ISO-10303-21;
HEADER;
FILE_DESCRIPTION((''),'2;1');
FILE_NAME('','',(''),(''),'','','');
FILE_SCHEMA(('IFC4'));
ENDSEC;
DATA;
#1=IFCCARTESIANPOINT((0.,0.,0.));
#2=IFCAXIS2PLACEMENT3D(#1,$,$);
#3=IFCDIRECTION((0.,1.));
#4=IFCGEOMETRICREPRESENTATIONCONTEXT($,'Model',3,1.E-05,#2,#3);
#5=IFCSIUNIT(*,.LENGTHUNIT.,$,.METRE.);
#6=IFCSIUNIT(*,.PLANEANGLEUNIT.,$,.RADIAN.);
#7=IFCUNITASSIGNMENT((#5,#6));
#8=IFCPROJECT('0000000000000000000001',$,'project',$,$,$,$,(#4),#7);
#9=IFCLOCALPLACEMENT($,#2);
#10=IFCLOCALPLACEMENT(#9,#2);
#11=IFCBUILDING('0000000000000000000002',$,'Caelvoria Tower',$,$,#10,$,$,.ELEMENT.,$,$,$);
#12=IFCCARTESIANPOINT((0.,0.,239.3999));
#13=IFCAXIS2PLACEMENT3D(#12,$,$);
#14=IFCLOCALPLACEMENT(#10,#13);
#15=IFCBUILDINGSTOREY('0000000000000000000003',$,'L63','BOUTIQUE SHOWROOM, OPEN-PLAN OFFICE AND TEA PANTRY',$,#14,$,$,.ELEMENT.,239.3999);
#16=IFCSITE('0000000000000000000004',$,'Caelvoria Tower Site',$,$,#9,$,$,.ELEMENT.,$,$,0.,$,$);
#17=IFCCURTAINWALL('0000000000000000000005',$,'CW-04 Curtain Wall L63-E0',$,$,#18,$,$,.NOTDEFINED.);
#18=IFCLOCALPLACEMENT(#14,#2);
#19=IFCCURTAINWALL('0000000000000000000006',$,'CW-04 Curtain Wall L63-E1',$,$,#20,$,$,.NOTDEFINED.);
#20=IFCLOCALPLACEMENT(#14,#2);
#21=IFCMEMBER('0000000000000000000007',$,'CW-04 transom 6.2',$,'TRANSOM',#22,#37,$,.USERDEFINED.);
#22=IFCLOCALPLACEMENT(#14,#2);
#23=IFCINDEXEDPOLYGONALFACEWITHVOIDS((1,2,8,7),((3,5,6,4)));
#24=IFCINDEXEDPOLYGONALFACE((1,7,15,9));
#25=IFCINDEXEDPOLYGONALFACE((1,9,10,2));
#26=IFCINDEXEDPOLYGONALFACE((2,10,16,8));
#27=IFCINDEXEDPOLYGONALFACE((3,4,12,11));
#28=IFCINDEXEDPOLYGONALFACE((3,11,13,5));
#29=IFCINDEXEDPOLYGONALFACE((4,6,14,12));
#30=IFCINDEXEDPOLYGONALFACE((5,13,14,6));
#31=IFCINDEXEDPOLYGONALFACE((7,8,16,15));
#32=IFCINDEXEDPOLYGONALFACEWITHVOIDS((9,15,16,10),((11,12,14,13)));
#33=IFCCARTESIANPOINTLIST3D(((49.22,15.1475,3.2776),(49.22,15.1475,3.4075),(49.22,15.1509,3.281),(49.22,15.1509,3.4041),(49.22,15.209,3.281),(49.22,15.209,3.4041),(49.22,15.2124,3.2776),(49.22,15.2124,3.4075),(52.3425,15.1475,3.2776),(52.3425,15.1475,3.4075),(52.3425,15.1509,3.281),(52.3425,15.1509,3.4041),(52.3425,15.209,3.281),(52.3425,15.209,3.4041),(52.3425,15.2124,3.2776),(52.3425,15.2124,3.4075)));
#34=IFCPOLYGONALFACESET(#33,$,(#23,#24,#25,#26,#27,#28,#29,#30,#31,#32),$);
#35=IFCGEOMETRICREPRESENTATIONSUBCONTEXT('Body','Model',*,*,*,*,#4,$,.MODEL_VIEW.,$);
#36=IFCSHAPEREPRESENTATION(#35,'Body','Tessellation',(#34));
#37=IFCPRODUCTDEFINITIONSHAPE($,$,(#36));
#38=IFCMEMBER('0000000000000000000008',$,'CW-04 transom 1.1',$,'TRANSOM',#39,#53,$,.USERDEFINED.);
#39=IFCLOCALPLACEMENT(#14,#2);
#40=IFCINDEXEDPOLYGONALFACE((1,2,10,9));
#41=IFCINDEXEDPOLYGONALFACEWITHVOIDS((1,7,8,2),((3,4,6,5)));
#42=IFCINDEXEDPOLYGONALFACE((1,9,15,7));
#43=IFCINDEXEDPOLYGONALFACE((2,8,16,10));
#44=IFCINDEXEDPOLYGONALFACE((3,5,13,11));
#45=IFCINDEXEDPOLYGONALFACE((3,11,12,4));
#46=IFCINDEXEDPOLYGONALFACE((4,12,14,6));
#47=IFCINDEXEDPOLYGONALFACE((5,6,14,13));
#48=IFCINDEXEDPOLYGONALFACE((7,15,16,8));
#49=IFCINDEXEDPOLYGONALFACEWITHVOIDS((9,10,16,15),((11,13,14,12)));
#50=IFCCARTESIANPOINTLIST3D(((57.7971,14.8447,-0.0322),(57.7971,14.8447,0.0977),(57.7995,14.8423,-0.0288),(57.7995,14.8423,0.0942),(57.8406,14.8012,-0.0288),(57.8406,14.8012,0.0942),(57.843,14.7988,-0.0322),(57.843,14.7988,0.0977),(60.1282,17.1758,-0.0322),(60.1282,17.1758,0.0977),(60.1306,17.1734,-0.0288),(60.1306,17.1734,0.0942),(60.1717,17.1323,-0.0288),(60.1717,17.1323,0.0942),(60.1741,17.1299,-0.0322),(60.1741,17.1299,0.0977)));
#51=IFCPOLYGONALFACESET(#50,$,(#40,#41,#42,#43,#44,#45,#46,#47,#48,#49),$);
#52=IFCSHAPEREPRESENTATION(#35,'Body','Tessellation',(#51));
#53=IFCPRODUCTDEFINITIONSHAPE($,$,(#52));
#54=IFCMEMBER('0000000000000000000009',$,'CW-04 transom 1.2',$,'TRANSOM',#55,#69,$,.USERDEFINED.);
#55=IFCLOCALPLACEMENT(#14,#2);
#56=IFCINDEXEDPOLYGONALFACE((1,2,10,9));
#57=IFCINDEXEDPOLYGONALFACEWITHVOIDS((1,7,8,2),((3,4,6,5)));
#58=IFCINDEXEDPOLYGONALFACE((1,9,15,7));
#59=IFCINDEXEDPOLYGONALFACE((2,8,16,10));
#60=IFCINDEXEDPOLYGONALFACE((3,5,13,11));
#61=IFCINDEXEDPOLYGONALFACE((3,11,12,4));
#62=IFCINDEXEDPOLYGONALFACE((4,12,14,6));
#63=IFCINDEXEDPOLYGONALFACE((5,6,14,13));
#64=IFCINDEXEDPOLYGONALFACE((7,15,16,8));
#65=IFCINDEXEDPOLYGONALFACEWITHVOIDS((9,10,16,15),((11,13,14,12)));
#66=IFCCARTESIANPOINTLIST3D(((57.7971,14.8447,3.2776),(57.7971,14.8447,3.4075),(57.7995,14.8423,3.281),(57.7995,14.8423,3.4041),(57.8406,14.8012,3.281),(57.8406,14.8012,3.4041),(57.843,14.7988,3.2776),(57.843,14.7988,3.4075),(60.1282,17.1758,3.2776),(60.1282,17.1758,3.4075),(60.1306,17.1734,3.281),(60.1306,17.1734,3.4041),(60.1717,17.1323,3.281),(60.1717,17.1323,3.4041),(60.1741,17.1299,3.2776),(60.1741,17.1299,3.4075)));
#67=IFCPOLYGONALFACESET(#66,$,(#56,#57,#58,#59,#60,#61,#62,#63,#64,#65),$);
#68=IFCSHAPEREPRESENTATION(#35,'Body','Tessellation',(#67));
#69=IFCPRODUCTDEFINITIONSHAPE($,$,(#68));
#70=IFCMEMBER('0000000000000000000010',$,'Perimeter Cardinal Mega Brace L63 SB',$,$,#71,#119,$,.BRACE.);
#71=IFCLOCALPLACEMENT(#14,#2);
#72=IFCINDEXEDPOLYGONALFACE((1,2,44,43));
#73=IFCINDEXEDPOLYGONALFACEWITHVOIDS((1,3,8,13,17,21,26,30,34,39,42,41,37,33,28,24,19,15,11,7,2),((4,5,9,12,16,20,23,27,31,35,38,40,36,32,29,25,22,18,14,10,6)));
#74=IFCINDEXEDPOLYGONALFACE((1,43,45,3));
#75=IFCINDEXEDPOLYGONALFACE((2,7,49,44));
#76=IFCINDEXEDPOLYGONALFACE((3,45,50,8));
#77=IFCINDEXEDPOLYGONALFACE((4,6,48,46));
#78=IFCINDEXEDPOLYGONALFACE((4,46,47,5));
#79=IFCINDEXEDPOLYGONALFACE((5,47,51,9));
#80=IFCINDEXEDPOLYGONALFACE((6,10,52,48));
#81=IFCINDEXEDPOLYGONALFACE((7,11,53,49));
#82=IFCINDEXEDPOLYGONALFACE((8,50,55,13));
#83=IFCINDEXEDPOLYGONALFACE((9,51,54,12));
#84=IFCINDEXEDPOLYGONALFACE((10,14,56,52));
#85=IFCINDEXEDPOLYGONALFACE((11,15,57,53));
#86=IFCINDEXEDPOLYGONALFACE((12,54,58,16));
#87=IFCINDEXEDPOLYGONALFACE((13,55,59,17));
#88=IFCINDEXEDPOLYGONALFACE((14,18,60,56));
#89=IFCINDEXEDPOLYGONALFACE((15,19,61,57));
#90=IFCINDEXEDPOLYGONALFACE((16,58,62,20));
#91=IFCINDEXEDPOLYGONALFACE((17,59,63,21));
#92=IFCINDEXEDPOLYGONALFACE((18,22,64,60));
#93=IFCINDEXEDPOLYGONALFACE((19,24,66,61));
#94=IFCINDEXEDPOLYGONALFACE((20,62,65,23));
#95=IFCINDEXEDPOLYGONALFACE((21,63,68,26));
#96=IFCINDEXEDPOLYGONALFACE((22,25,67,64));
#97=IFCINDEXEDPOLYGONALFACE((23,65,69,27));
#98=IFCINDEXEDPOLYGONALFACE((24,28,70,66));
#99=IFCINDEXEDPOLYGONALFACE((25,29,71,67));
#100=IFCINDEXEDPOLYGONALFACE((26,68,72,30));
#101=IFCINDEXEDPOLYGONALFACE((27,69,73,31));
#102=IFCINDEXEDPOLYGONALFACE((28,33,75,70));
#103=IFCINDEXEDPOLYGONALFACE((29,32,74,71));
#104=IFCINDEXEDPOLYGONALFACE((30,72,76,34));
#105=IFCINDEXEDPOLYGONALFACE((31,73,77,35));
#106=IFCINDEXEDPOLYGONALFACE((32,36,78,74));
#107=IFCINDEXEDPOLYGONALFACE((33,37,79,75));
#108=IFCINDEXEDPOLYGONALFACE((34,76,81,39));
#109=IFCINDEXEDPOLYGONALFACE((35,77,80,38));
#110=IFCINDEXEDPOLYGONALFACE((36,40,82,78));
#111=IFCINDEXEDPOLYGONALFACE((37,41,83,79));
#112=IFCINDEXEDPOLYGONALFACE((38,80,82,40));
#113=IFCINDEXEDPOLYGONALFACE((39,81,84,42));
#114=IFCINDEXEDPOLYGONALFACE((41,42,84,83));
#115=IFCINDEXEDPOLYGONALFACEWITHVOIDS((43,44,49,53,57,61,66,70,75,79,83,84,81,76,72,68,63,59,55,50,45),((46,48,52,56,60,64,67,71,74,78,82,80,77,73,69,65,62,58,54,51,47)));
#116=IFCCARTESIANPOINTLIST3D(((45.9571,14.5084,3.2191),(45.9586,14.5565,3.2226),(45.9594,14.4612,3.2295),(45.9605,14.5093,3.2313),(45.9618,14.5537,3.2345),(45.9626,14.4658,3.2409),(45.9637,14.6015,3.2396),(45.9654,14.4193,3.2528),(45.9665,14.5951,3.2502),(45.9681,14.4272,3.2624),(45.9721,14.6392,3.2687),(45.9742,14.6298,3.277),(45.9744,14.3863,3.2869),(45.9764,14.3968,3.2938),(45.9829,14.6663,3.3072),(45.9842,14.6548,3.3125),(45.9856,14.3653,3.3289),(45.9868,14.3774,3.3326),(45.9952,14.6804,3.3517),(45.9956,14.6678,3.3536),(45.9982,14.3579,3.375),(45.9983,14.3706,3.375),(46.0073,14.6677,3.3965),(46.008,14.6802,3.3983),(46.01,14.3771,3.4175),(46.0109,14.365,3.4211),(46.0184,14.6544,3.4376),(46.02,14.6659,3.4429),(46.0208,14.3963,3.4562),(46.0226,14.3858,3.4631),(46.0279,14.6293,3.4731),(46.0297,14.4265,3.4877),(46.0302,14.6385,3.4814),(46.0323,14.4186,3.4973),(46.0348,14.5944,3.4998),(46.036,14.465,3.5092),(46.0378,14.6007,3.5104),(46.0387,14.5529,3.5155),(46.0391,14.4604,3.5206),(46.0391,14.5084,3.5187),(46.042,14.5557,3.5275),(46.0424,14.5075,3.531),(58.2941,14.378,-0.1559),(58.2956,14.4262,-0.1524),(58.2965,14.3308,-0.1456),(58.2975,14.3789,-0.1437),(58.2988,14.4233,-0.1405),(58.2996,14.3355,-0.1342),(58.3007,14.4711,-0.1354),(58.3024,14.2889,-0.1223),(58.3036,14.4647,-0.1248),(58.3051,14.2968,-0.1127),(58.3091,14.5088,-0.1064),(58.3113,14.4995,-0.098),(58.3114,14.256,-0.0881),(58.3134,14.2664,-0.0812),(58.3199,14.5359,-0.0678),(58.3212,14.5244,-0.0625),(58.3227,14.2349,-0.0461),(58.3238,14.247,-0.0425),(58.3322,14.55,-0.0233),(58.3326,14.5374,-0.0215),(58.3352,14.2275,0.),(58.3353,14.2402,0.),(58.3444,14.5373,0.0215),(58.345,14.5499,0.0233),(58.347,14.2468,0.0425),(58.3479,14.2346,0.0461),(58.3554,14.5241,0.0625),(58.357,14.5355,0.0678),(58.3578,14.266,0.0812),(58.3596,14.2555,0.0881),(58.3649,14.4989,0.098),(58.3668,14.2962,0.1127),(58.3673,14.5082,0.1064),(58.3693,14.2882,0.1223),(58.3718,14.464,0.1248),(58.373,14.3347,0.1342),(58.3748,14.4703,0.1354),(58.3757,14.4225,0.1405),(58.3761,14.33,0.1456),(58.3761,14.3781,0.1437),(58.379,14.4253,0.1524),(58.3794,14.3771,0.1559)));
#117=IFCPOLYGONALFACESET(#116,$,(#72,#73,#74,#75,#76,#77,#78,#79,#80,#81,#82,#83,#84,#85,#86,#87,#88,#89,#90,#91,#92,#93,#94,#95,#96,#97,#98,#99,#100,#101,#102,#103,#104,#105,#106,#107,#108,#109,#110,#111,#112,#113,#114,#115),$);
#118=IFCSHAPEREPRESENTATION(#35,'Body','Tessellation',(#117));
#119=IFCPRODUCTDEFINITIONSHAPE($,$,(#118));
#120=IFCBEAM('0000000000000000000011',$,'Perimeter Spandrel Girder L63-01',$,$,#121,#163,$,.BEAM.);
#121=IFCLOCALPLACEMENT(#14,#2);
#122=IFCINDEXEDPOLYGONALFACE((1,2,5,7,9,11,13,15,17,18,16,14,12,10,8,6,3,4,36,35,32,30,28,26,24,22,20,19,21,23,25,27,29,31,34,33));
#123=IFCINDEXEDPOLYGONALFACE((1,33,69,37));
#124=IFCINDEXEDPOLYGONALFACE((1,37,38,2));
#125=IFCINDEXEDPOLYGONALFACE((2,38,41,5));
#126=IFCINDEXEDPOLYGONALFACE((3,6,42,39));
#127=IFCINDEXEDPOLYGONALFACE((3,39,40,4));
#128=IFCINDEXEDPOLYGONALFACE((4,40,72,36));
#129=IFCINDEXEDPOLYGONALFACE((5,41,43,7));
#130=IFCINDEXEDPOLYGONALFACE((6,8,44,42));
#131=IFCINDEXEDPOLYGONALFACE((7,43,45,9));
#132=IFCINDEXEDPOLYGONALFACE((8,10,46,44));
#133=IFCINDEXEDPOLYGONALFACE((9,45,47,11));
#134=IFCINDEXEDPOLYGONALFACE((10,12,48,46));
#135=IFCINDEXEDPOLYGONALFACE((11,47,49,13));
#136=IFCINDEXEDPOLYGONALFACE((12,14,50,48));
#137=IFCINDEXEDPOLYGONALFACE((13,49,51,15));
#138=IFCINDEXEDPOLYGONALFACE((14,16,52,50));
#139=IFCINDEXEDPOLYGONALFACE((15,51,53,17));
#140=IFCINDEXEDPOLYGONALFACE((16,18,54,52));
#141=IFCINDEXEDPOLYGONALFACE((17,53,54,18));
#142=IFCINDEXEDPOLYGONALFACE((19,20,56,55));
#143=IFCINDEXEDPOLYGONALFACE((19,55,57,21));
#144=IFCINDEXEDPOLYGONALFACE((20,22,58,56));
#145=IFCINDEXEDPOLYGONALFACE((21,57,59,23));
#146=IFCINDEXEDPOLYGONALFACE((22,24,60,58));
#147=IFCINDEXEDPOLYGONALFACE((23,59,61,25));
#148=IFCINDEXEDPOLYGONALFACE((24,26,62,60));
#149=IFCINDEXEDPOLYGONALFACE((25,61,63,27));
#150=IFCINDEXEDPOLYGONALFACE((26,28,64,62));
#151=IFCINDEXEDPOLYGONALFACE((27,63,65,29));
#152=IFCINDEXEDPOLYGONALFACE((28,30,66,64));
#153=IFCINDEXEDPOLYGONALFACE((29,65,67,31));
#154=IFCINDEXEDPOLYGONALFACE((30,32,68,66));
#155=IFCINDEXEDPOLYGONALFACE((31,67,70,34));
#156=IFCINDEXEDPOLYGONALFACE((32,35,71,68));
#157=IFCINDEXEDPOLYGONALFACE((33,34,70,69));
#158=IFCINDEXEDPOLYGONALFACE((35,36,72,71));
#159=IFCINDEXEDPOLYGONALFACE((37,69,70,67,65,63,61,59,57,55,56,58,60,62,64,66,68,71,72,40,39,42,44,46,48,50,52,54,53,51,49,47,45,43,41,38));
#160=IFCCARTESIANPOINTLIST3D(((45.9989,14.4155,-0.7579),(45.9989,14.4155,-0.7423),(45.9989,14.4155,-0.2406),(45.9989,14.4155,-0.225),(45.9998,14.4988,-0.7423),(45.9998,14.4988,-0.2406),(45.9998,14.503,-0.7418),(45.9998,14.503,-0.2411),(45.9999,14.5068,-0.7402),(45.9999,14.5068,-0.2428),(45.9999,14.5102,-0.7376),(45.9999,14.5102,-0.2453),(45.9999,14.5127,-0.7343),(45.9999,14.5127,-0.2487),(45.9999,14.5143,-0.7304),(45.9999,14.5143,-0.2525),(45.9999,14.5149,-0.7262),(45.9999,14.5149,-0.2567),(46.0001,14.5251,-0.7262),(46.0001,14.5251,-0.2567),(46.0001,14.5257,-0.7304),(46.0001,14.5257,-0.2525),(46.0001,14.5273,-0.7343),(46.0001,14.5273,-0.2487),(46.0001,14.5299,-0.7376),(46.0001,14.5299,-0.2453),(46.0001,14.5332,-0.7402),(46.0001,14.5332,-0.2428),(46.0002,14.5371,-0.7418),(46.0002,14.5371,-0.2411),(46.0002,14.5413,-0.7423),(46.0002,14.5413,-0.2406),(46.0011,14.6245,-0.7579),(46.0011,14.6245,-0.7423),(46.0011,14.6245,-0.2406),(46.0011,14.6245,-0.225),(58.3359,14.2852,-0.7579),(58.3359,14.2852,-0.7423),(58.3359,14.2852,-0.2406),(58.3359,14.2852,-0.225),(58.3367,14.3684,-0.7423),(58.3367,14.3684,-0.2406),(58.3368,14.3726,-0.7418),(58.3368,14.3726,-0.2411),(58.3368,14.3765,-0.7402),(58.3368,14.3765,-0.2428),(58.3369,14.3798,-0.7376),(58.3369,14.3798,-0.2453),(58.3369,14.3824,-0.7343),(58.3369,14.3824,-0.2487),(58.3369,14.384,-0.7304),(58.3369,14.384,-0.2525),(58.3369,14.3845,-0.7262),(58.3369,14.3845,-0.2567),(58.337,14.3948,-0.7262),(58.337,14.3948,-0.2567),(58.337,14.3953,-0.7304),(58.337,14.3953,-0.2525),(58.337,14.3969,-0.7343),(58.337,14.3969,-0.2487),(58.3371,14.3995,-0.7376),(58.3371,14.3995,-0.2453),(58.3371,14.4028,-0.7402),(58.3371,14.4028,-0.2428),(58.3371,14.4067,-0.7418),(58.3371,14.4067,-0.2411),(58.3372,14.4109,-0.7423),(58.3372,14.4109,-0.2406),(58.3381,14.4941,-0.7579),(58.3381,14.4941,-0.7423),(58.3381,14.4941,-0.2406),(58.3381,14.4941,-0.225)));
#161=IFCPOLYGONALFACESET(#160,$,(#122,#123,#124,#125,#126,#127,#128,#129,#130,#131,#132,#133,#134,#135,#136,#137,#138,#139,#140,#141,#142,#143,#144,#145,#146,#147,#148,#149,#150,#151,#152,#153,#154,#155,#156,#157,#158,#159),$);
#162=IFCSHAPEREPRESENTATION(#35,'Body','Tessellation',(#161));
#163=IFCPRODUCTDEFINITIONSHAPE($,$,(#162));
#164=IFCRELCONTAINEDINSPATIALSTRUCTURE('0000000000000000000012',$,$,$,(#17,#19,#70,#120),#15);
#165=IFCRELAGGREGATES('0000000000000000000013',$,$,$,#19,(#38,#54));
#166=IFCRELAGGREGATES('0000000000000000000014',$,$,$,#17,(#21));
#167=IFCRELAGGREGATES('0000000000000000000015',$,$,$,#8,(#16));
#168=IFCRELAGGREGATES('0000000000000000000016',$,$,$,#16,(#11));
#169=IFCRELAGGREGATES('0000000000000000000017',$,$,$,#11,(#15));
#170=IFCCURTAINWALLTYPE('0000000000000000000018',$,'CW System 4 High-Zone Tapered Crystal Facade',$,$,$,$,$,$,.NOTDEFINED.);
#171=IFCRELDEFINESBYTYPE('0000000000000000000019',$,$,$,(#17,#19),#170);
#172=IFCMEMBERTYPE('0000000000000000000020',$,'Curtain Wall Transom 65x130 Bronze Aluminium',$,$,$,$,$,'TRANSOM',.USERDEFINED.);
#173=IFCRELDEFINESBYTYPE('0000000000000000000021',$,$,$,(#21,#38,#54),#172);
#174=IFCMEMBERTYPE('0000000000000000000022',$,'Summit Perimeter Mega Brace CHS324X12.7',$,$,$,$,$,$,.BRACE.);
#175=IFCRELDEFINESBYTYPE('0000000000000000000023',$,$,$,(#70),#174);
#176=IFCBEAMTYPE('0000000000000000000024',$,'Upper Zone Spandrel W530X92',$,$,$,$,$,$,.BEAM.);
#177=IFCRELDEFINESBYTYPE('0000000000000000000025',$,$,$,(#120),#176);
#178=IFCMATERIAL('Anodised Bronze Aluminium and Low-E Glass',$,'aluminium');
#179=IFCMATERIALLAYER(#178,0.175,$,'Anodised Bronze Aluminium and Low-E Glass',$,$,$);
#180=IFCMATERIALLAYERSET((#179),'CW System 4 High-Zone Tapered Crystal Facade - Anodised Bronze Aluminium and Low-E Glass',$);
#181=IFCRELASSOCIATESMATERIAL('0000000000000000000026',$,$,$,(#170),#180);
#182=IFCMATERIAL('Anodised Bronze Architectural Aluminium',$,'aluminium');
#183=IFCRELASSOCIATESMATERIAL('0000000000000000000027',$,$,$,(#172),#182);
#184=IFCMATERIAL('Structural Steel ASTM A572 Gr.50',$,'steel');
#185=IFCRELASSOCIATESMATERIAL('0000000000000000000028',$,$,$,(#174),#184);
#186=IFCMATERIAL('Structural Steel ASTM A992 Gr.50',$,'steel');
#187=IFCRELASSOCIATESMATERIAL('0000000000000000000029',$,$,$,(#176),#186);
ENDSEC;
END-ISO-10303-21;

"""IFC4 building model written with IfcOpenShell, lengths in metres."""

from ifc_helpers import new_model, si_unit, direction, frame, origin, origin_2d, place, context, subcontext, project, spatial, hollow_rectangle, hollow_circle, i_section, extrude, material, layer, layer_set, material_profile, profile_set, type_object, element, aggregate, save


model = new_model("IFC4")

# Units and contexts
model_context = context("Model", 3, precision=1e-05, world=origin(), true_north=direction((0.0, 1.0)))
body_context = subcontext(model_context, "Body", "Model", "MODEL_VIEW")
ifc_project = project(units=[si_unit("LENGTHUNIT", "METRE"), si_unit("PLANEANGLEUNIT", "RADIAN")], contexts=[model_context])

# Site, building, storey
site_placement = place(None, origin())
site = spatial("IfcSite", under=ifc_project, at=site_placement, Name="Caelvoria Tower Site", CompositionType="ELEMENT", RefElevation=0.0)
building_placement = place(site_placement, origin())
building = spatial("IfcBuilding", under=site, at=building_placement, Name="Caelvoria Tower", CompositionType="ELEMENT")
storey_placement = place(building_placement, frame((0.0, 0.0, 239.3999)))
storey = spatial("IfcBuildingStorey", under=building, at=storey_placement, Name="L63", Description="BOUTIQUE SHOWROOM, OPEN-PLAN OFFICE AND TEA PANTRY", CompositionType="ELEMENT", Elevation=239.3999)

# Shared definitions
ifc_material_1 = material(Name="Structural Steel ASTM A572 Gr.50", Category="steel")
ifc_material_2 = material(Name="Structural Steel ASTM A992 Gr.50", Category="steel")

# Curtain wall
ifc_material_3 = material(Name="Anodised Bronze Aluminium and Low-E Glass", Category="aluminium")
ifc_layer_1 = layer(ifc_material_3, 0.175, Name="Anodised Bronze Aluminium and Low-E Glass")
ifc_layer_set_1 = layer_set([ifc_layer_1], Name="CW System 4 High-Zone Tapered Crystal Facade - Anodised Bronze Aluminium and Low-E Glass")
curtain_wall_type = type_object("IfcCurtainWallType", Name="CW System 4 High-Zone Tapered Crystal Facade", PredefinedType="NOTDEFINED", material=ifc_layer_set_1)
curtain_wall_1_placement = place(storey_placement, origin())
curtain_wall_1 = element("IfcCurtainWall", 1, at=curtain_wall_1_placement, inside=storey, type_object=curtain_wall_type, Name="CW-04 Curtain Wall L63-E0", PredefinedType="NOTDEFINED")
ifc_material_4 = material(Name="Anodised Bronze Architectural Aluminium", Category="aluminium")

# Curtain wall
curtain_wall_2_placement = place(storey_placement, origin())
curtain_wall_2 = element("IfcCurtainWall", 2, at=curtain_wall_2_placement, inside=storey, type_object=curtain_wall_type, Name="CW-04 Curtain Wall L63-E1", PredefinedType="NOTDEFINED")

# Members
ifc_material_profile_1 = material_profile(ifc_material_4, hollow_rectangle(XDim=0.0649, YDim=0.1299, WallThickness=0.0034, at=origin_2d()), Name="Anodised Bronze Architectural Aluminium")
ifc_profile_set_1 = profile_set([ifc_material_profile_1], Name="CW_TRAN_65X130 - Anodised Bronze Architectural Aluminium")
member_type_1 = type_object("IfcMemberType", Name="Curtain Wall Transom 65x130 Bronze Aluminium", ElementType="TRANSOM", PredefinedType="USERDEFINED", material=ifc_profile_set_1)
member_1_placement = place(storey_placement, frame((49.22, 15.1799, 3.3425), z_axis=(1.0, 0.0, 0.0), x_axis=(0.0, 1.0, 0.0)))
member_1 = element("IfcMember", 3, at=member_1_placement, type_object=member_type_1, Name="CW-04 transom 6.2", ObjectType="TRANSOM", PredefinedType="USERDEFINED", context=body_context, shape_type="SweptSolid", body=[
    extrude(hollow_rectangle(XDim=0.0649, YDim=0.1299, WallThickness=0.0034, at=origin_2d()), origin(), (0.0, 0.0, 1.0), 3.1226),
])
member_2_placement = place(storey_placement, frame((57.8201, 14.8218, 0.0327), z_axis=(0.707107, 0.707107, 0.0), x_axis=(-0.707107, 0.707107, 0.0)))
member_2 = element("IfcMember", 4, at=member_2_placement, type_object=member_type_1, Name="CW-04 transom 1.1", ObjectType="TRANSOM", PredefinedType="USERDEFINED", context=body_context, shape_type="SweptSolid", body=[
    extrude(hollow_rectangle(XDim=0.0649, YDim=0.1299, WallThickness=0.0034, at=origin_2d()), origin(), (0.0, 0.0, 1.0), 3.2966),
])
member_3_placement = place(storey_placement, frame((57.8201, 14.8218, 3.3425), z_axis=(0.707107, 0.707107, 0.0), x_axis=(-0.707107, 0.707107, 0.0)))
member_3 = element("IfcMember", 5, at=member_3_placement, type_object=member_type_1, Name="CW-04 transom 1.2", ObjectType="TRANSOM", PredefinedType="USERDEFINED", context=body_context, shape_type="SweptSolid", body=[
    extrude(hollow_rectangle(XDim=0.0649, YDim=0.1299, WallThickness=0.0034, at=origin_2d()), origin(), (0.0, 0.0, 1.0), 3.2966),
])
aggregate(curtain_wall_2, [member_2, member_3])
ifc_material_profile_2 = material_profile(ifc_material_1, hollow_circle(Radius=0.1621, WallThickness=0.0127, at=origin_2d()), Name="Structural Steel ASTM A572 Gr.50")
ifc_profile_set_2 = profile_set([ifc_material_profile_2], Name="CHS324X12.7 - Structural Steel ASTM A572 Gr.50")
member_type_2 = type_object("IfcMemberType", Name="Summit Perimeter Mega Brace CHS324X12.7", PredefinedType="BRACE", material=ifc_profile_set_2)
member_4_placement = place(storey_placement, frame((58.3369, 14.3896, 0.0), z_axis=(-0.964507, 0.010192, 0.26386), x_axis=(-0.010567, -0.999944, 0.0)))
element("IfcMember", 6, at=member_4_placement, inside=storey, type_object=member_type_2, Name="Perimeter Cardinal Mega Brace L63 SB", PredefinedType="BRACE", context=body_context, shape_type="SweptSolid", body=[
    extrude(hollow_circle(Radius=0.1621, WallThickness=0.0127, at=origin_2d()), origin(), (0.0, 0.0, 1.0), 12.791),
])

# Beam
ifc_material_profile_3 = material_profile(ifc_material_2, i_section(OverallWidth=0.209, OverallDepth=0.533, WebThickness=0.0103, FlangeThickness=0.0156, FilletRadius=0.0161, at=origin_2d()), Name="Structural Steel ASTM A992 Gr.50")
ifc_profile_set_3 = profile_set([ifc_material_profile_3], Name="W530X92 - Structural Steel ASTM A992 Gr.50")
beam_type = type_object("IfcBeamType", Name="Upper Zone Spandrel W530X92", PredefinedType="BEAM", material=ifc_profile_set_3)
beam_1_placement = place(storey_placement, frame((46.0, 14.52, -0.4915), z_axis=(0.999944, -0.010567, 0.0), x_axis=(0.010567, 0.999944, 0.0)))
element("IfcBeam", 7, at=beam_1_placement, inside=storey, type_object=beam_type, Name="Perimeter Spandrel Girder L63-01", PredefinedType="BEAM", context=body_context, shape_type="SweptSolid", body=[
    extrude(i_section(OverallWidth=0.209, OverallDepth=0.533, WebThickness=0.0103, FlangeThickness=0.0156, FilletRadius=0.0161, at=origin_2d()), origin(), (0.0, 0.0, 1.0), 12.3376),
])

aggregate(curtain_wall_1, [member_1])

save(model, "model.ifc")
